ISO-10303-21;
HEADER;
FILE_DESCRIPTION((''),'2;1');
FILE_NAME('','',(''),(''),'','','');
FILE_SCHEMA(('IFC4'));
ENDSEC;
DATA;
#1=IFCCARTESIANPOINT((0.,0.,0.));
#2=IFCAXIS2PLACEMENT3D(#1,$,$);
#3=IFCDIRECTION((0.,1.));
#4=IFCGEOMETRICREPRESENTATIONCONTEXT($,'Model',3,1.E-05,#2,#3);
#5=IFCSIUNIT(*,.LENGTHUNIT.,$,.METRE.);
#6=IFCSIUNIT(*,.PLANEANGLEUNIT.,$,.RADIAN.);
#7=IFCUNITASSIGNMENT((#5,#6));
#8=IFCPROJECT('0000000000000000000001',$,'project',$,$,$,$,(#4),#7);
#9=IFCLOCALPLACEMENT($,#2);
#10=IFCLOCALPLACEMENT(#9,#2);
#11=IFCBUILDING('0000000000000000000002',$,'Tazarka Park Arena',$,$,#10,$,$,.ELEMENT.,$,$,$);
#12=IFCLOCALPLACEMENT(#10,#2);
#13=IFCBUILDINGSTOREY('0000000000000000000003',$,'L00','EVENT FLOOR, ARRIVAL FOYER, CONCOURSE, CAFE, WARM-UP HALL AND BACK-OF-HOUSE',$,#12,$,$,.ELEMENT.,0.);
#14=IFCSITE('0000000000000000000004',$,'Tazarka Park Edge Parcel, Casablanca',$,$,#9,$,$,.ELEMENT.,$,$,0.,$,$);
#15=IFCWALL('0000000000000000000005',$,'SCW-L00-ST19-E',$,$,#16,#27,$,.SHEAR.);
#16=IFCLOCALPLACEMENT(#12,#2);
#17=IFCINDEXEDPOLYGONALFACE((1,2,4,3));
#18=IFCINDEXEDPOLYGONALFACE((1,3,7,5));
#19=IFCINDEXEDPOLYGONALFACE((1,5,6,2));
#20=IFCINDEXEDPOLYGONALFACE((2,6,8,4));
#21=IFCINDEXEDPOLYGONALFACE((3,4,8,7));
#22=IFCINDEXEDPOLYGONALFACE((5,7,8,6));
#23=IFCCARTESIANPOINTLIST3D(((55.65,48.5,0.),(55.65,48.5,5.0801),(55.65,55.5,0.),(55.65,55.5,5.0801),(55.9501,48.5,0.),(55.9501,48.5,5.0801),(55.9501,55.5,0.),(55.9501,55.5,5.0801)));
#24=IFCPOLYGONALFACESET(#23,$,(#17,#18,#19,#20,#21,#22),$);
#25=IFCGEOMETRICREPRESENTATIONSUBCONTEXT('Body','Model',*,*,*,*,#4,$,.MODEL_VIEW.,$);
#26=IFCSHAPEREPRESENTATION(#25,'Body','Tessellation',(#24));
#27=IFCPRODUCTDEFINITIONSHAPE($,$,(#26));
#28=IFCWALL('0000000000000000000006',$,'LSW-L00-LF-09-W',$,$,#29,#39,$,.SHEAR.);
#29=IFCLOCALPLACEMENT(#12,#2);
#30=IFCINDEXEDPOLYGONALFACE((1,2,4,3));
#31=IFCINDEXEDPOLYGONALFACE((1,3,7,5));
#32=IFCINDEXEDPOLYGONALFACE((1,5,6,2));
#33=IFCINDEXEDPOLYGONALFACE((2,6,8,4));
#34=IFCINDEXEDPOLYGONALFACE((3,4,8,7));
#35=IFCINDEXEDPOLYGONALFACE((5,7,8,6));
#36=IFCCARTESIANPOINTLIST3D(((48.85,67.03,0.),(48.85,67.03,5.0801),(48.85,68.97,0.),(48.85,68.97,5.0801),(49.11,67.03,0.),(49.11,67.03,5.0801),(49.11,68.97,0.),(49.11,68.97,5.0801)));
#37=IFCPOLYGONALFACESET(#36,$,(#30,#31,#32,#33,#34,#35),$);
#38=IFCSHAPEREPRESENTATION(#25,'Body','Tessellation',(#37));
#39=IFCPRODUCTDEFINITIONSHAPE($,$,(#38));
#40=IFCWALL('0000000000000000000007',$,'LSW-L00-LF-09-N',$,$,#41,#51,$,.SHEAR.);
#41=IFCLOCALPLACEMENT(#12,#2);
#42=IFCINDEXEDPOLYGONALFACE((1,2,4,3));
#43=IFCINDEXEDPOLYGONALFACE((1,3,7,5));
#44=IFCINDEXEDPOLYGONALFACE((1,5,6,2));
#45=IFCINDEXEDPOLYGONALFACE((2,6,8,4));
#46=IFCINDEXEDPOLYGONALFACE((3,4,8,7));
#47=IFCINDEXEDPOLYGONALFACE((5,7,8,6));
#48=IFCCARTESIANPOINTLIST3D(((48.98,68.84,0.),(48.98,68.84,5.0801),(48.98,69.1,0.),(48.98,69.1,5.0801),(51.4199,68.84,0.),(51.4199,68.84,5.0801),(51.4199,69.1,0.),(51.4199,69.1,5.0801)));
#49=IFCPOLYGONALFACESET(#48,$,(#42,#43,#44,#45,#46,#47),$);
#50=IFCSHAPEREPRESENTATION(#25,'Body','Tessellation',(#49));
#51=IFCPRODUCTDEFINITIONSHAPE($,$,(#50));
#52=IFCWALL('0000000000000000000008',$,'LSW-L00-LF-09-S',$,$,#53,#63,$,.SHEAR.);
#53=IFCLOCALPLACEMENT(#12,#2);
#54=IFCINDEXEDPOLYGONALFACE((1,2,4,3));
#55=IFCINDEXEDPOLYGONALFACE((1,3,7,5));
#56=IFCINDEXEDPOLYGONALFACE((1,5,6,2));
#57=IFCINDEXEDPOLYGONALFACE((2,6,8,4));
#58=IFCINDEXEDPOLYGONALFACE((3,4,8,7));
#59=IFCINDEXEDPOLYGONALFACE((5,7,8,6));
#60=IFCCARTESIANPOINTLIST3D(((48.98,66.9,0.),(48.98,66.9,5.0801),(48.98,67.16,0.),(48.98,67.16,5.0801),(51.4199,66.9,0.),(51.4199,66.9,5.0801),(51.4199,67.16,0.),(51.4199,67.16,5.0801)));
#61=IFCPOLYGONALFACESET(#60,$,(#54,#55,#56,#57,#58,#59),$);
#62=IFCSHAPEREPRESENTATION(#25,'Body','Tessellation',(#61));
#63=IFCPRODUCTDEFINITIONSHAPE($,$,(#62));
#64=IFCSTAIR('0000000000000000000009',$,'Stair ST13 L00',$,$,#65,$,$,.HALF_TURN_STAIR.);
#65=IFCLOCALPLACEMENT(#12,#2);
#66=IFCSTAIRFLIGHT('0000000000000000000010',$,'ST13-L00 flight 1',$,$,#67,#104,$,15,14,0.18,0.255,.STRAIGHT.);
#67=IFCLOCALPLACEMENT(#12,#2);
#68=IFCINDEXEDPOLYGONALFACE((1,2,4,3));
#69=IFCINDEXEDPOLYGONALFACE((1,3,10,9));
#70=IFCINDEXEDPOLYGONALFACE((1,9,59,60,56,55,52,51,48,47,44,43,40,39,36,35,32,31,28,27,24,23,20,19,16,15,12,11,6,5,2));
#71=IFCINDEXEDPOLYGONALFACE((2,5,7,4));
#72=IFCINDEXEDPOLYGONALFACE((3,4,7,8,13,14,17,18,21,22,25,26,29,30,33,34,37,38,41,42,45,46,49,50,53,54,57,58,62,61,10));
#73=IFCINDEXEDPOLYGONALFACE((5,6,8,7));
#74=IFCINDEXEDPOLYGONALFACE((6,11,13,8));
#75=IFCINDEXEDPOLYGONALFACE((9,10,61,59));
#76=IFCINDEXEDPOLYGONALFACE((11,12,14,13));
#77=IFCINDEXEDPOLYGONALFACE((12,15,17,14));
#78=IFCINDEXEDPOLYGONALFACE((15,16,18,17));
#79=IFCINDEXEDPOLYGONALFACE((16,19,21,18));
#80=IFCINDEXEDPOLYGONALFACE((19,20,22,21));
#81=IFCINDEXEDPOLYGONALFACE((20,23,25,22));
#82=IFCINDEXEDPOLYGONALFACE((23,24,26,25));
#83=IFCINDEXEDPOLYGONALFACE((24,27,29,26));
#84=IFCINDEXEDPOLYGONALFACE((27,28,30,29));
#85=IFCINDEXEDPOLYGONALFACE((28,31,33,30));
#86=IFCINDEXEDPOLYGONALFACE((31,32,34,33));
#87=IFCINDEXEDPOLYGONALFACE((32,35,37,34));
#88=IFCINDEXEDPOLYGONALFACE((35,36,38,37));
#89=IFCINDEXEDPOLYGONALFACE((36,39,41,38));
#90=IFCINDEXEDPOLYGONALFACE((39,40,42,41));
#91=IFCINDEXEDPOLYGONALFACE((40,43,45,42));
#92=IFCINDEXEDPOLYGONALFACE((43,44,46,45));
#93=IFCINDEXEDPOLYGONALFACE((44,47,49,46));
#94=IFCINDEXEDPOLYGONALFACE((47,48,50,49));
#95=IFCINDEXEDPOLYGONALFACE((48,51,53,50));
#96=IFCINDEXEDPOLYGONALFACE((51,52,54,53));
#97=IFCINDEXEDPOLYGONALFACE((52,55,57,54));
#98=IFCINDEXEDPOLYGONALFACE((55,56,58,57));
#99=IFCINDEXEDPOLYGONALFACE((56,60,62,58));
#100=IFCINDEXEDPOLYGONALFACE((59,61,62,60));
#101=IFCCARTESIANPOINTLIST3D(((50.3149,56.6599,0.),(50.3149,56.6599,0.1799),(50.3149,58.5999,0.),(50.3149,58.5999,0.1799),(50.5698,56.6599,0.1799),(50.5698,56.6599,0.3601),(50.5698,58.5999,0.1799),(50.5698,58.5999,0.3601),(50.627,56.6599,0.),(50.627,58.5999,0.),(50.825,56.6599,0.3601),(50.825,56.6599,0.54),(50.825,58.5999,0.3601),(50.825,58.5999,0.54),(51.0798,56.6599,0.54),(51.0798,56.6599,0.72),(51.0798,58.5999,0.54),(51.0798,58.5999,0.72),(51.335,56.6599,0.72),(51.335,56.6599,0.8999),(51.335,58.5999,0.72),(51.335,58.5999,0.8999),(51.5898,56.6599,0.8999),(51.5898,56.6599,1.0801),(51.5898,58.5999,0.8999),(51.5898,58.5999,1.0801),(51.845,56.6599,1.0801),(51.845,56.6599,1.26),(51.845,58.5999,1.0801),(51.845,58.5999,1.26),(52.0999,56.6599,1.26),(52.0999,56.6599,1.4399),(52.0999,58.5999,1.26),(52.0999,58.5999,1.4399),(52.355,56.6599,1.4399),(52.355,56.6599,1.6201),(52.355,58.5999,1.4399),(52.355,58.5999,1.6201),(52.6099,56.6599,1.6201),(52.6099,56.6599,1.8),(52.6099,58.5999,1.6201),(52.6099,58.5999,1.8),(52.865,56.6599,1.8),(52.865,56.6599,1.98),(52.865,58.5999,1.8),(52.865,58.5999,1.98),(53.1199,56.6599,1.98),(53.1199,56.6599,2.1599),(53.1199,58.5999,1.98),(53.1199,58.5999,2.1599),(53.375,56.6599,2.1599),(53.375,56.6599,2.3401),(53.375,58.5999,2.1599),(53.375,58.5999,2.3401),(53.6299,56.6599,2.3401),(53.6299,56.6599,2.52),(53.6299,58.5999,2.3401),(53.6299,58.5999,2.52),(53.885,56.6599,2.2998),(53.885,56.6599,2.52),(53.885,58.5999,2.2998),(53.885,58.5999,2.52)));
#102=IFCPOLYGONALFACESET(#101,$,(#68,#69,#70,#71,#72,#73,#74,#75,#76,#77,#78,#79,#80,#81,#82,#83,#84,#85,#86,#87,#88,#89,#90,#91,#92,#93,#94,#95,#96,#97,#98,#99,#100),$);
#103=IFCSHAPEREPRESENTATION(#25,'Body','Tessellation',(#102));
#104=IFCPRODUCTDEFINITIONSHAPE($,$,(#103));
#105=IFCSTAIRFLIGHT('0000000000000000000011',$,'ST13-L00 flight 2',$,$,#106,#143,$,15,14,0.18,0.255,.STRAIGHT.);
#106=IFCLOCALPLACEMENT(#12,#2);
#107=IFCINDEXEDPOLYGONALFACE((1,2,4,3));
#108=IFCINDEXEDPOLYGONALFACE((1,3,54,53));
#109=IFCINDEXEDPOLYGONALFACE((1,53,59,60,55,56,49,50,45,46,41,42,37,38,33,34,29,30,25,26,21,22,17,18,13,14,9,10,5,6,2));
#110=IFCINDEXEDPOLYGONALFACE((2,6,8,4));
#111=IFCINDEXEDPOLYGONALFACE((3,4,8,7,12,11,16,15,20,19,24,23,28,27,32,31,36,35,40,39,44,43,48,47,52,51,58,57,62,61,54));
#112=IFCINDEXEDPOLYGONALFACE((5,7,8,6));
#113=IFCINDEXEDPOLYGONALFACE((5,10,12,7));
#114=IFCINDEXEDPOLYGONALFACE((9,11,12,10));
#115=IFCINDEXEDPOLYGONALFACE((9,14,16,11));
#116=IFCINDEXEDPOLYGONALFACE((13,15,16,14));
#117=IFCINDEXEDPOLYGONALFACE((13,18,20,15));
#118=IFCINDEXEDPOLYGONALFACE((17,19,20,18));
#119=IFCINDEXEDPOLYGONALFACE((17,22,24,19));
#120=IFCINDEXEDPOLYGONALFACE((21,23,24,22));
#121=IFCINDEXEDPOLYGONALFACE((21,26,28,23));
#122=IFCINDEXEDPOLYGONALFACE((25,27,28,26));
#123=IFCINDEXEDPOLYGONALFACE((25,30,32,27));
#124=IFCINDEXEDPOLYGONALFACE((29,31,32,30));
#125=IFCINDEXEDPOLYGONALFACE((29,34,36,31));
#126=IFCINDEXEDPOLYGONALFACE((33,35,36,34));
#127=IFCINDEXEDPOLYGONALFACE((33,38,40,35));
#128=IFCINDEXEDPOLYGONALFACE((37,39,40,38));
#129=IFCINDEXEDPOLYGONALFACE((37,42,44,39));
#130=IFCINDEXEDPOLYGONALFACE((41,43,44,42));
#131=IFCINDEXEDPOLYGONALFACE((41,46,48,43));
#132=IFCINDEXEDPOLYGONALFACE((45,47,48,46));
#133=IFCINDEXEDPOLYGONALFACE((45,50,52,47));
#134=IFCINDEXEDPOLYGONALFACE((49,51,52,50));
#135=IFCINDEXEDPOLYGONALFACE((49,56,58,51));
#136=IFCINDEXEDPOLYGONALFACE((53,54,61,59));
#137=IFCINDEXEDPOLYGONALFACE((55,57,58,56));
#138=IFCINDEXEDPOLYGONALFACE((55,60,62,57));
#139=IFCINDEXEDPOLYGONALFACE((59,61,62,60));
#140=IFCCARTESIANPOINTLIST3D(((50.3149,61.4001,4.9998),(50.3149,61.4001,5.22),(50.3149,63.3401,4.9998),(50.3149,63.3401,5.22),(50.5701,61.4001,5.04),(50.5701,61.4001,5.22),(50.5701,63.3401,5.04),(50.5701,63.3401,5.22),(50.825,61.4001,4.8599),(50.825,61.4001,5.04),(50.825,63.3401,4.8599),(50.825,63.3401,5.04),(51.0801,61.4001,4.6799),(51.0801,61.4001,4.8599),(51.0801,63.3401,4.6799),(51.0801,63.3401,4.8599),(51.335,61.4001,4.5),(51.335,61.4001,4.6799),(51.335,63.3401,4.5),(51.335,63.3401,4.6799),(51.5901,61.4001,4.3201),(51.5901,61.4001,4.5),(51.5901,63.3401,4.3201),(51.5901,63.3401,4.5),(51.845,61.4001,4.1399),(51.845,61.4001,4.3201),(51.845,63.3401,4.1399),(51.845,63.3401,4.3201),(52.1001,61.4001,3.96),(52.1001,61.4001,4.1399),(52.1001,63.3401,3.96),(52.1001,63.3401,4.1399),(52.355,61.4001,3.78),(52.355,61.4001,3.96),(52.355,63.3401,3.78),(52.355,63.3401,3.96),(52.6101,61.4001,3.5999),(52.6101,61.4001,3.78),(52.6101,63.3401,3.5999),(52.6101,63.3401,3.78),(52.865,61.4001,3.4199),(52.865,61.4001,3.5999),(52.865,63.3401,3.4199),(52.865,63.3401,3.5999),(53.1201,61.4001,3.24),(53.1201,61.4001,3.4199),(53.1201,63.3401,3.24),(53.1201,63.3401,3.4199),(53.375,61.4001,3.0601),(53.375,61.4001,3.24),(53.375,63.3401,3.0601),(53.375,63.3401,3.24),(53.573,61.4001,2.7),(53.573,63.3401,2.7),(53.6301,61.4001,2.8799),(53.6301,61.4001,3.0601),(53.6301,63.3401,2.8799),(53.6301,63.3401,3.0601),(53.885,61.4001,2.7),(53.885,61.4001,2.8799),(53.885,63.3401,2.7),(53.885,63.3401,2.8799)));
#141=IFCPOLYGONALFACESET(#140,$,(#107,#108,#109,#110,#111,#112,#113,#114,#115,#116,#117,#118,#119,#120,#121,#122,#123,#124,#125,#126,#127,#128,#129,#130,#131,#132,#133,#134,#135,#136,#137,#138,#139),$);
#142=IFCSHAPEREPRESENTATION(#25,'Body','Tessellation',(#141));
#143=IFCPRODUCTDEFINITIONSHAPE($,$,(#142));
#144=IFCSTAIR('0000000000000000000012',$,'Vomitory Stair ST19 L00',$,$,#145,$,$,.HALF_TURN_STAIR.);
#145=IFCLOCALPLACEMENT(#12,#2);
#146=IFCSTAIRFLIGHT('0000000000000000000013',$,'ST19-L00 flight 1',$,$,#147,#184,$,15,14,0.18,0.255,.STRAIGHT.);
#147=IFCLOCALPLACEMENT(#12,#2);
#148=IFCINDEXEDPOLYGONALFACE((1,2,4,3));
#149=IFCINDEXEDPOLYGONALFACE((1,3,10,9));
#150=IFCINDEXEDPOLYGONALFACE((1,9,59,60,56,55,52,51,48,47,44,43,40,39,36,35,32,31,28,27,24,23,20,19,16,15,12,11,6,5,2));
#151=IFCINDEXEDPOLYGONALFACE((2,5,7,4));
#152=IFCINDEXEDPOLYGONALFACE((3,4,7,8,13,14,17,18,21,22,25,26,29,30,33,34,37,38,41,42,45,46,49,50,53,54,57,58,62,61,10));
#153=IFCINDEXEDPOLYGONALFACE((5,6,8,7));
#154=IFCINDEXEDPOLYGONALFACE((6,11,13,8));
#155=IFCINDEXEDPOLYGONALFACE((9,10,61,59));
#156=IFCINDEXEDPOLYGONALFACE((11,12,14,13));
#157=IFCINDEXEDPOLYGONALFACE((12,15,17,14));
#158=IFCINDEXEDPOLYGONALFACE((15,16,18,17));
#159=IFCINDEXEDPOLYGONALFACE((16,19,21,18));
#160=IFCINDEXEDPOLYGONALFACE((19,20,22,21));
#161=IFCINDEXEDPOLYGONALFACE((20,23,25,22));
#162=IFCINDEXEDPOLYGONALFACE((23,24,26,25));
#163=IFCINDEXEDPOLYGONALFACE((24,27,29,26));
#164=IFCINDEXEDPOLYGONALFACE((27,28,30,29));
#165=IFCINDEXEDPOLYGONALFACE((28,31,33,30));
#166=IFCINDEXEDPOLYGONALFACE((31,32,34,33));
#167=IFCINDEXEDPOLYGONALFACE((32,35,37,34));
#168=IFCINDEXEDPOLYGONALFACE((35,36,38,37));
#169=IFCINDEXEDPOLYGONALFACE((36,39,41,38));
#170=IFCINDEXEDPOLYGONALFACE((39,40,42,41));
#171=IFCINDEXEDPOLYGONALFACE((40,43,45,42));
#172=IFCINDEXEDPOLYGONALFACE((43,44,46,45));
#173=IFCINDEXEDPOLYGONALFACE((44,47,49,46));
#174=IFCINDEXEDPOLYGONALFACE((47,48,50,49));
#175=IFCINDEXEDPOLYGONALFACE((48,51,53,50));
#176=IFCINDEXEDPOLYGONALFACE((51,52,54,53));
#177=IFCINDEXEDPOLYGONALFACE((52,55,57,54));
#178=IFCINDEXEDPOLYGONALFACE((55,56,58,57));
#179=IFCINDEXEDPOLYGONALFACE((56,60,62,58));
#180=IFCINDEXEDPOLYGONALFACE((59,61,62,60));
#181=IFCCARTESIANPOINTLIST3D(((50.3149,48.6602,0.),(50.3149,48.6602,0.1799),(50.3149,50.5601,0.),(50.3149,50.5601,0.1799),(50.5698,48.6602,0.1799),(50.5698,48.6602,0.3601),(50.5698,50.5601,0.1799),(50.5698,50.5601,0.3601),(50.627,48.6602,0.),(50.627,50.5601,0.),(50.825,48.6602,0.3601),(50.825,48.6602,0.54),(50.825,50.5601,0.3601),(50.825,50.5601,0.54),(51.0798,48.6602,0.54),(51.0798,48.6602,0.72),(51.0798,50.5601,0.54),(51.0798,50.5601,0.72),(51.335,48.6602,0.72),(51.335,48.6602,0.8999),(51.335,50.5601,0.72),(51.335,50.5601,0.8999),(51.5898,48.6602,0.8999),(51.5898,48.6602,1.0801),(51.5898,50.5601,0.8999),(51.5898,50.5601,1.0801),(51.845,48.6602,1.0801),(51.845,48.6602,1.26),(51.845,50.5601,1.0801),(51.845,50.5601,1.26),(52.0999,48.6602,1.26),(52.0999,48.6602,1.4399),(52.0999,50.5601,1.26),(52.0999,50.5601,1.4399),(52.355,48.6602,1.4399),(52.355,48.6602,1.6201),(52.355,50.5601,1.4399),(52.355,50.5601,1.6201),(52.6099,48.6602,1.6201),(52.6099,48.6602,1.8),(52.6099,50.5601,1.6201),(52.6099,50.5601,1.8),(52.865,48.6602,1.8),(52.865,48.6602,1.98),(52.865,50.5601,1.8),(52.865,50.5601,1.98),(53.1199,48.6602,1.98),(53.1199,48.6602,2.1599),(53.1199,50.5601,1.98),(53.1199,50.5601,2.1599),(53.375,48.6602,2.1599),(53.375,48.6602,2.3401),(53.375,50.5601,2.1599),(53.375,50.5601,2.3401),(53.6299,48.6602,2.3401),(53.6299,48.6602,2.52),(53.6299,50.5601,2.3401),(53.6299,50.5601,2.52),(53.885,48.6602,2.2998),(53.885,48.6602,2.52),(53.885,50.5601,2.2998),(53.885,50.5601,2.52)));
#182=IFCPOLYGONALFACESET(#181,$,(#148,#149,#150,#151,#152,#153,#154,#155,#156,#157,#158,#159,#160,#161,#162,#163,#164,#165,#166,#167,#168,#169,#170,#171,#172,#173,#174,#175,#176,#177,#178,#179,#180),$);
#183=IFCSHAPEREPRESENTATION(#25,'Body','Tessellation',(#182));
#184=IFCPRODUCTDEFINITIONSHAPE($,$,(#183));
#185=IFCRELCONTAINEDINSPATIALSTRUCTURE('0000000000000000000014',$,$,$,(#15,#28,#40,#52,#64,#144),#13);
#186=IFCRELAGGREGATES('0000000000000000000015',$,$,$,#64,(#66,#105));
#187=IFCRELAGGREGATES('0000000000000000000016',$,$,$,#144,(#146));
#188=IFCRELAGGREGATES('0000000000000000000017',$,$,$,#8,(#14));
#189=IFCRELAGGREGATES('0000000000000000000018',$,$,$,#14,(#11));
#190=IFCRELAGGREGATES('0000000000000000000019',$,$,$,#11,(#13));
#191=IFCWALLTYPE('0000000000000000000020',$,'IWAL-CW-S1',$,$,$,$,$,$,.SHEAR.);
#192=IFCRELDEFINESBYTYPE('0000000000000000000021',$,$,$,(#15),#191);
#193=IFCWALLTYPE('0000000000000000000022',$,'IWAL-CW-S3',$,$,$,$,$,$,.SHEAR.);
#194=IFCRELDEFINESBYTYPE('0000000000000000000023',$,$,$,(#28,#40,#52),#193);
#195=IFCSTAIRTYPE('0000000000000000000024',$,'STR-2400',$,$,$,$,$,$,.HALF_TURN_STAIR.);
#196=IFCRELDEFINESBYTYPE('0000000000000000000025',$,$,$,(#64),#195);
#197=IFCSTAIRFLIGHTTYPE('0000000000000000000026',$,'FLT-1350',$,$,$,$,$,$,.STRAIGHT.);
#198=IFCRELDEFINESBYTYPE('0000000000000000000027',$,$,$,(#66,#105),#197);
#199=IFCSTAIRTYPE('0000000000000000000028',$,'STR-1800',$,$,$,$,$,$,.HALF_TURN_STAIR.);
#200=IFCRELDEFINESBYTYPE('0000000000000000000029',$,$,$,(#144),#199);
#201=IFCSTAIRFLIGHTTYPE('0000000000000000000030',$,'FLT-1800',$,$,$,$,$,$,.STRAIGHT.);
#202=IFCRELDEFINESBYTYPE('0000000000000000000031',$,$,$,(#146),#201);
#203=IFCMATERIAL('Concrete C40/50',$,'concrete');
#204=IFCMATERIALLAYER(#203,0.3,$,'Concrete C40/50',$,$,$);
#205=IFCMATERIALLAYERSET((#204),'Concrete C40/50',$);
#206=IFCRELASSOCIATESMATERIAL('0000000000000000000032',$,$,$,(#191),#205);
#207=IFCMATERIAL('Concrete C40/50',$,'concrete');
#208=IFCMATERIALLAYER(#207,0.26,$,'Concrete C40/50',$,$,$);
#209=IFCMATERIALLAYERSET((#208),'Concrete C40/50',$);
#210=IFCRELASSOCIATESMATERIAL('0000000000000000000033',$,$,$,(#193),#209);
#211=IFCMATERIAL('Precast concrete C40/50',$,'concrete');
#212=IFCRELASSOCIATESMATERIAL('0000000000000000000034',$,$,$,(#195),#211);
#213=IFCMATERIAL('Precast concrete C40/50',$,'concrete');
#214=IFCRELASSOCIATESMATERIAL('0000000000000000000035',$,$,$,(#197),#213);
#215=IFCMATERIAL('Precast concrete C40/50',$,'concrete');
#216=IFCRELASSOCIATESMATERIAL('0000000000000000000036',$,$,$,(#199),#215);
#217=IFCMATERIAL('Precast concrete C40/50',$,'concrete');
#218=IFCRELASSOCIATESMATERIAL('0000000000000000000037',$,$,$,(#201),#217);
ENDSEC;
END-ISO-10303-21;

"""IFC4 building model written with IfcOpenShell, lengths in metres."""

from ifc_helpers import new_model, si_unit, direction, frame, frame_2d, origin, place, context, subcontext, project, spatial, polyline, rectangle, outline, extrude, material, layer, layer_set, type_object, element, aggregate, save


model = new_model("IFC4")

# Units and contexts
model_context = context("Model", 3, precision=1e-05, world=origin(), true_north=direction((0.0, 1.0)))
body_context = subcontext(model_context, "Body", "Model", "MODEL_VIEW")
ifc_project = project(units=[si_unit("LENGTHUNIT", "METRE"), si_unit("PLANEANGLEUNIT", "RADIAN")], contexts=[model_context])

# Site, building, storey
site_placement = place(None, origin())
site = spatial("IfcSite", under=ifc_project, at=site_placement, Name="Tazarka Park Edge Parcel, Casablanca", CompositionType="ELEMENT", RefElevation=0.0)
building_placement = place(site_placement, origin())
building = spatial("IfcBuilding", under=site, at=building_placement, Name="Tazarka Park Arena", CompositionType="ELEMENT")
storey_placement = place(building_placement, origin())
storey = spatial("IfcBuildingStorey", under=building, at=storey_placement, Name="L00", Description="EVENT FLOOR, ARRIVAL FOYER, CONCOURSE, CAFE, WARM-UP HALL AND BACK-OF-HOUSE", CompositionType="ELEMENT", Elevation=0.0)

# Shared definitions
ifc_material_1 = material(Name="Concrete C40/50", Category="concrete")
ifc_layer_1 = layer(ifc_material_1, 0.3, Name="Concrete C40/50")
ifc_layer_set_1 = layer_set([ifc_layer_1], Name="Concrete C40/50")
wall_type_1 = type_object("IfcWallType", Name="IWAL-CW-S1", PredefinedType="SHEAR", material=ifc_layer_set_1)

# Walls
wall_1_placement = place(storey_placement, frame((55.8, 55.5, 0.0), z_axis=(0.0, 0.0, 1.0), x_axis=(0.0, -1.0, 0.0)))
element("IfcWall", 1, at=wall_1_placement, inside=storey, type_object=wall_type_1, Name="SCW-L00-ST19-E", PredefinedType="SHEAR", context=body_context, shape_type="SweptSolid", body=[
    extrude(rectangle(XDim=7.0, YDim=0.3, at=frame_2d((3.5, 0.0))), origin(), (0.0, 0.0, 1.0), 5.0801),
])
ifc_material_2 = material(Name="Concrete C40/50", Category="concrete")
ifc_layer_2 = layer(ifc_material_2, 0.26, Name="Concrete C40/50")
ifc_layer_set_2 = layer_set([ifc_layer_2], Name="Concrete C40/50")
wall_type_2 = type_object("IfcWallType", Name="IWAL-CW-S3", PredefinedType="SHEAR", material=ifc_layer_set_2)
wall_2_placement = place(storey_placement, frame((48.98, 67.03, 0.0), z_axis=(0.0, 0.0, 1.0), x_axis=(0.0, 1.0, 0.0)))
element("IfcWall", 2, at=wall_2_placement, inside=storey, type_object=wall_type_2, Name="LSW-L00-LF-09-W", PredefinedType="SHEAR", context=body_context, shape_type="SweptSolid", body=[
    extrude(rectangle(XDim=1.9399, YDim=0.26, at=frame_2d((0.97, 0.0))), origin(), (0.0, 0.0, 1.0), 5.0801),
])
for number, where, z_axis, x_axis, name in (
    (3, (48.98, 68.97, 0.0), (0.0, 0.0, 1.0), (1.0, 0.0, 0.0), "LSW-L00-LF-09-N"),
    (4, (51.4199, 67.03, 0.0), (0.0, 0.0, 1.0), (-1.0, 0.0, 0.0), "LSW-L00-LF-09-S"),
):
    element("IfcWall", number, at=place(storey_placement, frame(where, z_axis=z_axis, x_axis=x_axis)), inside=storey, type_object=wall_type_2, Name=name, PredefinedType="SHEAR", context=body_context, shape_type="SweptSolid", body=[
        extrude(rectangle(XDim=2.4399, YDim=0.26, at=frame_2d((1.22, 0.0))), origin(), (0.0, 0.0, 1.0), 5.0801),
    ])

# Stairs, stair flights
ifc_material_3 = material(Name="Precast concrete C40/50", Category="concrete")
stair_type_1 = type_object("IfcStairType", Name="STR-2400", PredefinedType="HALF_TURN_STAIR", material=ifc_material_3)
stair_1_placement = place(storey_placement, origin())
stair_1 = element("IfcStair", 5, at=stair_1_placement, inside=storey, type_object=stair_type_1, Name="Stair ST13 L00", PredefinedType="HALF_TURN_STAIR")
ifc_material_4 = material(Name="Precast concrete C40/50", Category="concrete")
stair_flight_type_1 = type_object("IfcStairFlightType", Name="FLT-1350", PredefinedType="STRAIGHT", material=ifc_material_4)
stair_flight_1_placement = place(storey_placement, frame((50.3149, 57.6299, 0.0), z_axis=(0.0, 0.0, 1.0), x_axis=(1.0, 0.0, 0.0)))
stair_flight_1 = element("IfcStairFlight", 6, at=stair_flight_1_placement, type_object=stair_flight_type_1, Name="ST13-L00 flight 1", NumberOfRisers=15, NumberOfTreads=14, PredefinedType="STRAIGHT", RiserHeight=0.18, TreadLength=0.255, context=body_context, shape_type="SweptSolid", body=[
    extrude(outline(polyline([(0.0, 0.0), (0.0, 0.1799), (0.2549, 0.1799), (0.2549, 0.3601), (0.51, 0.3601), (0.51, 0.54), (0.7649, 0.54), (0.7649, 0.72), (1.02, 0.72), (1.02, 0.8999), (1.2749, 0.8999), (1.2749, 1.0801), (1.53, 1.0801), (1.53, 1.26), (1.7849, 1.26), (1.7849, 1.4399), (2.04, 1.4399), (2.04, 1.6201), (2.2949, 1.6201), (2.2949, 1.8), (2.55, 1.8), (2.55, 1.98), (2.8049, 1.98), (2.8049, 2.1599), (3.0601, 2.1599), (3.0601, 2.3401), (3.3149, 2.3401), (3.3149, 2.52), (3.5701, 2.52), (3.5701, 2.7), (3.5701, 2.2998), (0.312, 0.0), (0.0, 0.0)])), frame((0.0, 0.97, 0.0), z_axis=(0.0, -1.0, 0.0), x_axis=(1.0, 0.0, 0.0)), (0.0, 0.0, 1.0), 1.9399),
])
stair_flight_2_placement = place(storey_placement, frame((53.885, 62.3701, 2.7), z_axis=(0.0, 0.0, 1.0), x_axis=(-1.0, 0.0, 0.0)))
stair_flight_2 = element("IfcStairFlight", 7, at=stair_flight_2_placement, type_object=stair_flight_type_1, Name="ST13-L00 flight 2", NumberOfRisers=15, NumberOfTreads=14, PredefinedType="STRAIGHT", RiserHeight=0.18, TreadLength=0.255, context=body_context, shape_type="SweptSolid", body=[
    extrude(outline(polyline([(0.0, 0.0), (0.0, 0.1799), (0.2549, 0.1799), (0.2549, 0.3601), (0.51, 0.3601), (0.51, 0.54), (0.7649, 0.54), (0.7649, 0.72), (1.02, 0.72), (1.02, 0.8999), (1.2749, 0.8999), (1.2749, 1.0801), (1.53, 1.0801), (1.53, 1.26), (1.7849, 1.26), (1.7849, 1.4399), (2.04, 1.4399), (2.04, 1.6201), (2.2949, 1.6201), (2.2949, 1.8), (2.55, 1.8), (2.55, 1.98), (2.8049, 1.98), (2.8049, 2.1599), (3.0601, 2.1599), (3.0601, 2.3401), (3.3149, 2.3401), (3.3149, 2.52), (3.5701, 2.52), (3.5701, 2.7), (3.5701, 2.2998), (0.312, 0.0), (0.0, 0.0)])), frame((0.0, 0.97, 0.0), z_axis=(0.0, -1.0, 0.0), x_axis=(1.0, 0.0, 0.0)), (0.0, 0.0, 1.0), 1.9399),
])
aggregate(stair_1, [stair_flight_1, stair_flight_2])
ifc_material_5 = material(Name="Precast concrete C40/50", Category="concrete")
stair_type_2 = type_object("IfcStairType", Name="STR-1800", PredefinedType="HALF_TURN_STAIR", material=ifc_material_5)
stair_2_placement = place(storey_placement, origin())
stair_2 = element("IfcStair", 8, at=stair_2_placement, inside=storey, type_object=stair_type_2, Name="Vomitory Stair ST19 L00", PredefinedType="HALF_TURN_STAIR")
ifc_material_6 = material(Name="Precast concrete C40/50", Category="concrete")
stair_flight_type_2 = type_object("IfcStairFlightType", Name="FLT-1800", PredefinedType="STRAIGHT", material=ifc_material_6)
stair_flight_3_placement = place(storey_placement, frame((50.3149, 49.6101, 0.0), z_axis=(0.0, 0.0, 1.0), x_axis=(1.0, 0.0, 0.0)))
stair_flight_3 = element("IfcStairFlight", 9, at=stair_flight_3_placement, type_object=stair_flight_type_2, Name="ST19-L00 flight 1", NumberOfRisers=15, NumberOfTreads=14, PredefinedType="STRAIGHT", RiserHeight=0.18, TreadLength=0.255, context=body_context, shape_type="SweptSolid", body=[
    extrude(outline(polyline([(0.0, 0.0), (0.0, 0.1799), (0.2549, 0.1799), (0.2549, 0.3601), (0.51, 0.3601), (0.51, 0.54), (0.7649, 0.54), (0.7649, 0.72), (1.02, 0.72), (1.02, 0.8999), (1.2749, 0.8999), (1.2749, 1.0801), (1.53, 1.0801), (1.53, 1.26), (1.7849, 1.26), (1.7849, 1.4399), (2.04, 1.4399), (2.04, 1.6201), (2.2949, 1.6201), (2.2949, 1.8), (2.55, 1.8), (2.55, 1.98), (2.8049, 1.98), (2.8049, 2.1599), (3.0601, 2.1599), (3.0601, 2.3401), (3.3149, 2.3401), (3.3149, 2.52), (3.5701, 2.52), (3.5701, 2.7), (3.5701, 2.2998), (0.312, 0.0), (0.0, 0.0)])), frame((0.0, 0.95, 0.0), z_axis=(0.0, -1.0, 0.0), x_axis=(1.0, 0.0, 0.0)), (0.0, 0.0, 1.0), 1.8999),
])
aggregate(stair_2, [stair_flight_3])

save(model, "model.ifc")
